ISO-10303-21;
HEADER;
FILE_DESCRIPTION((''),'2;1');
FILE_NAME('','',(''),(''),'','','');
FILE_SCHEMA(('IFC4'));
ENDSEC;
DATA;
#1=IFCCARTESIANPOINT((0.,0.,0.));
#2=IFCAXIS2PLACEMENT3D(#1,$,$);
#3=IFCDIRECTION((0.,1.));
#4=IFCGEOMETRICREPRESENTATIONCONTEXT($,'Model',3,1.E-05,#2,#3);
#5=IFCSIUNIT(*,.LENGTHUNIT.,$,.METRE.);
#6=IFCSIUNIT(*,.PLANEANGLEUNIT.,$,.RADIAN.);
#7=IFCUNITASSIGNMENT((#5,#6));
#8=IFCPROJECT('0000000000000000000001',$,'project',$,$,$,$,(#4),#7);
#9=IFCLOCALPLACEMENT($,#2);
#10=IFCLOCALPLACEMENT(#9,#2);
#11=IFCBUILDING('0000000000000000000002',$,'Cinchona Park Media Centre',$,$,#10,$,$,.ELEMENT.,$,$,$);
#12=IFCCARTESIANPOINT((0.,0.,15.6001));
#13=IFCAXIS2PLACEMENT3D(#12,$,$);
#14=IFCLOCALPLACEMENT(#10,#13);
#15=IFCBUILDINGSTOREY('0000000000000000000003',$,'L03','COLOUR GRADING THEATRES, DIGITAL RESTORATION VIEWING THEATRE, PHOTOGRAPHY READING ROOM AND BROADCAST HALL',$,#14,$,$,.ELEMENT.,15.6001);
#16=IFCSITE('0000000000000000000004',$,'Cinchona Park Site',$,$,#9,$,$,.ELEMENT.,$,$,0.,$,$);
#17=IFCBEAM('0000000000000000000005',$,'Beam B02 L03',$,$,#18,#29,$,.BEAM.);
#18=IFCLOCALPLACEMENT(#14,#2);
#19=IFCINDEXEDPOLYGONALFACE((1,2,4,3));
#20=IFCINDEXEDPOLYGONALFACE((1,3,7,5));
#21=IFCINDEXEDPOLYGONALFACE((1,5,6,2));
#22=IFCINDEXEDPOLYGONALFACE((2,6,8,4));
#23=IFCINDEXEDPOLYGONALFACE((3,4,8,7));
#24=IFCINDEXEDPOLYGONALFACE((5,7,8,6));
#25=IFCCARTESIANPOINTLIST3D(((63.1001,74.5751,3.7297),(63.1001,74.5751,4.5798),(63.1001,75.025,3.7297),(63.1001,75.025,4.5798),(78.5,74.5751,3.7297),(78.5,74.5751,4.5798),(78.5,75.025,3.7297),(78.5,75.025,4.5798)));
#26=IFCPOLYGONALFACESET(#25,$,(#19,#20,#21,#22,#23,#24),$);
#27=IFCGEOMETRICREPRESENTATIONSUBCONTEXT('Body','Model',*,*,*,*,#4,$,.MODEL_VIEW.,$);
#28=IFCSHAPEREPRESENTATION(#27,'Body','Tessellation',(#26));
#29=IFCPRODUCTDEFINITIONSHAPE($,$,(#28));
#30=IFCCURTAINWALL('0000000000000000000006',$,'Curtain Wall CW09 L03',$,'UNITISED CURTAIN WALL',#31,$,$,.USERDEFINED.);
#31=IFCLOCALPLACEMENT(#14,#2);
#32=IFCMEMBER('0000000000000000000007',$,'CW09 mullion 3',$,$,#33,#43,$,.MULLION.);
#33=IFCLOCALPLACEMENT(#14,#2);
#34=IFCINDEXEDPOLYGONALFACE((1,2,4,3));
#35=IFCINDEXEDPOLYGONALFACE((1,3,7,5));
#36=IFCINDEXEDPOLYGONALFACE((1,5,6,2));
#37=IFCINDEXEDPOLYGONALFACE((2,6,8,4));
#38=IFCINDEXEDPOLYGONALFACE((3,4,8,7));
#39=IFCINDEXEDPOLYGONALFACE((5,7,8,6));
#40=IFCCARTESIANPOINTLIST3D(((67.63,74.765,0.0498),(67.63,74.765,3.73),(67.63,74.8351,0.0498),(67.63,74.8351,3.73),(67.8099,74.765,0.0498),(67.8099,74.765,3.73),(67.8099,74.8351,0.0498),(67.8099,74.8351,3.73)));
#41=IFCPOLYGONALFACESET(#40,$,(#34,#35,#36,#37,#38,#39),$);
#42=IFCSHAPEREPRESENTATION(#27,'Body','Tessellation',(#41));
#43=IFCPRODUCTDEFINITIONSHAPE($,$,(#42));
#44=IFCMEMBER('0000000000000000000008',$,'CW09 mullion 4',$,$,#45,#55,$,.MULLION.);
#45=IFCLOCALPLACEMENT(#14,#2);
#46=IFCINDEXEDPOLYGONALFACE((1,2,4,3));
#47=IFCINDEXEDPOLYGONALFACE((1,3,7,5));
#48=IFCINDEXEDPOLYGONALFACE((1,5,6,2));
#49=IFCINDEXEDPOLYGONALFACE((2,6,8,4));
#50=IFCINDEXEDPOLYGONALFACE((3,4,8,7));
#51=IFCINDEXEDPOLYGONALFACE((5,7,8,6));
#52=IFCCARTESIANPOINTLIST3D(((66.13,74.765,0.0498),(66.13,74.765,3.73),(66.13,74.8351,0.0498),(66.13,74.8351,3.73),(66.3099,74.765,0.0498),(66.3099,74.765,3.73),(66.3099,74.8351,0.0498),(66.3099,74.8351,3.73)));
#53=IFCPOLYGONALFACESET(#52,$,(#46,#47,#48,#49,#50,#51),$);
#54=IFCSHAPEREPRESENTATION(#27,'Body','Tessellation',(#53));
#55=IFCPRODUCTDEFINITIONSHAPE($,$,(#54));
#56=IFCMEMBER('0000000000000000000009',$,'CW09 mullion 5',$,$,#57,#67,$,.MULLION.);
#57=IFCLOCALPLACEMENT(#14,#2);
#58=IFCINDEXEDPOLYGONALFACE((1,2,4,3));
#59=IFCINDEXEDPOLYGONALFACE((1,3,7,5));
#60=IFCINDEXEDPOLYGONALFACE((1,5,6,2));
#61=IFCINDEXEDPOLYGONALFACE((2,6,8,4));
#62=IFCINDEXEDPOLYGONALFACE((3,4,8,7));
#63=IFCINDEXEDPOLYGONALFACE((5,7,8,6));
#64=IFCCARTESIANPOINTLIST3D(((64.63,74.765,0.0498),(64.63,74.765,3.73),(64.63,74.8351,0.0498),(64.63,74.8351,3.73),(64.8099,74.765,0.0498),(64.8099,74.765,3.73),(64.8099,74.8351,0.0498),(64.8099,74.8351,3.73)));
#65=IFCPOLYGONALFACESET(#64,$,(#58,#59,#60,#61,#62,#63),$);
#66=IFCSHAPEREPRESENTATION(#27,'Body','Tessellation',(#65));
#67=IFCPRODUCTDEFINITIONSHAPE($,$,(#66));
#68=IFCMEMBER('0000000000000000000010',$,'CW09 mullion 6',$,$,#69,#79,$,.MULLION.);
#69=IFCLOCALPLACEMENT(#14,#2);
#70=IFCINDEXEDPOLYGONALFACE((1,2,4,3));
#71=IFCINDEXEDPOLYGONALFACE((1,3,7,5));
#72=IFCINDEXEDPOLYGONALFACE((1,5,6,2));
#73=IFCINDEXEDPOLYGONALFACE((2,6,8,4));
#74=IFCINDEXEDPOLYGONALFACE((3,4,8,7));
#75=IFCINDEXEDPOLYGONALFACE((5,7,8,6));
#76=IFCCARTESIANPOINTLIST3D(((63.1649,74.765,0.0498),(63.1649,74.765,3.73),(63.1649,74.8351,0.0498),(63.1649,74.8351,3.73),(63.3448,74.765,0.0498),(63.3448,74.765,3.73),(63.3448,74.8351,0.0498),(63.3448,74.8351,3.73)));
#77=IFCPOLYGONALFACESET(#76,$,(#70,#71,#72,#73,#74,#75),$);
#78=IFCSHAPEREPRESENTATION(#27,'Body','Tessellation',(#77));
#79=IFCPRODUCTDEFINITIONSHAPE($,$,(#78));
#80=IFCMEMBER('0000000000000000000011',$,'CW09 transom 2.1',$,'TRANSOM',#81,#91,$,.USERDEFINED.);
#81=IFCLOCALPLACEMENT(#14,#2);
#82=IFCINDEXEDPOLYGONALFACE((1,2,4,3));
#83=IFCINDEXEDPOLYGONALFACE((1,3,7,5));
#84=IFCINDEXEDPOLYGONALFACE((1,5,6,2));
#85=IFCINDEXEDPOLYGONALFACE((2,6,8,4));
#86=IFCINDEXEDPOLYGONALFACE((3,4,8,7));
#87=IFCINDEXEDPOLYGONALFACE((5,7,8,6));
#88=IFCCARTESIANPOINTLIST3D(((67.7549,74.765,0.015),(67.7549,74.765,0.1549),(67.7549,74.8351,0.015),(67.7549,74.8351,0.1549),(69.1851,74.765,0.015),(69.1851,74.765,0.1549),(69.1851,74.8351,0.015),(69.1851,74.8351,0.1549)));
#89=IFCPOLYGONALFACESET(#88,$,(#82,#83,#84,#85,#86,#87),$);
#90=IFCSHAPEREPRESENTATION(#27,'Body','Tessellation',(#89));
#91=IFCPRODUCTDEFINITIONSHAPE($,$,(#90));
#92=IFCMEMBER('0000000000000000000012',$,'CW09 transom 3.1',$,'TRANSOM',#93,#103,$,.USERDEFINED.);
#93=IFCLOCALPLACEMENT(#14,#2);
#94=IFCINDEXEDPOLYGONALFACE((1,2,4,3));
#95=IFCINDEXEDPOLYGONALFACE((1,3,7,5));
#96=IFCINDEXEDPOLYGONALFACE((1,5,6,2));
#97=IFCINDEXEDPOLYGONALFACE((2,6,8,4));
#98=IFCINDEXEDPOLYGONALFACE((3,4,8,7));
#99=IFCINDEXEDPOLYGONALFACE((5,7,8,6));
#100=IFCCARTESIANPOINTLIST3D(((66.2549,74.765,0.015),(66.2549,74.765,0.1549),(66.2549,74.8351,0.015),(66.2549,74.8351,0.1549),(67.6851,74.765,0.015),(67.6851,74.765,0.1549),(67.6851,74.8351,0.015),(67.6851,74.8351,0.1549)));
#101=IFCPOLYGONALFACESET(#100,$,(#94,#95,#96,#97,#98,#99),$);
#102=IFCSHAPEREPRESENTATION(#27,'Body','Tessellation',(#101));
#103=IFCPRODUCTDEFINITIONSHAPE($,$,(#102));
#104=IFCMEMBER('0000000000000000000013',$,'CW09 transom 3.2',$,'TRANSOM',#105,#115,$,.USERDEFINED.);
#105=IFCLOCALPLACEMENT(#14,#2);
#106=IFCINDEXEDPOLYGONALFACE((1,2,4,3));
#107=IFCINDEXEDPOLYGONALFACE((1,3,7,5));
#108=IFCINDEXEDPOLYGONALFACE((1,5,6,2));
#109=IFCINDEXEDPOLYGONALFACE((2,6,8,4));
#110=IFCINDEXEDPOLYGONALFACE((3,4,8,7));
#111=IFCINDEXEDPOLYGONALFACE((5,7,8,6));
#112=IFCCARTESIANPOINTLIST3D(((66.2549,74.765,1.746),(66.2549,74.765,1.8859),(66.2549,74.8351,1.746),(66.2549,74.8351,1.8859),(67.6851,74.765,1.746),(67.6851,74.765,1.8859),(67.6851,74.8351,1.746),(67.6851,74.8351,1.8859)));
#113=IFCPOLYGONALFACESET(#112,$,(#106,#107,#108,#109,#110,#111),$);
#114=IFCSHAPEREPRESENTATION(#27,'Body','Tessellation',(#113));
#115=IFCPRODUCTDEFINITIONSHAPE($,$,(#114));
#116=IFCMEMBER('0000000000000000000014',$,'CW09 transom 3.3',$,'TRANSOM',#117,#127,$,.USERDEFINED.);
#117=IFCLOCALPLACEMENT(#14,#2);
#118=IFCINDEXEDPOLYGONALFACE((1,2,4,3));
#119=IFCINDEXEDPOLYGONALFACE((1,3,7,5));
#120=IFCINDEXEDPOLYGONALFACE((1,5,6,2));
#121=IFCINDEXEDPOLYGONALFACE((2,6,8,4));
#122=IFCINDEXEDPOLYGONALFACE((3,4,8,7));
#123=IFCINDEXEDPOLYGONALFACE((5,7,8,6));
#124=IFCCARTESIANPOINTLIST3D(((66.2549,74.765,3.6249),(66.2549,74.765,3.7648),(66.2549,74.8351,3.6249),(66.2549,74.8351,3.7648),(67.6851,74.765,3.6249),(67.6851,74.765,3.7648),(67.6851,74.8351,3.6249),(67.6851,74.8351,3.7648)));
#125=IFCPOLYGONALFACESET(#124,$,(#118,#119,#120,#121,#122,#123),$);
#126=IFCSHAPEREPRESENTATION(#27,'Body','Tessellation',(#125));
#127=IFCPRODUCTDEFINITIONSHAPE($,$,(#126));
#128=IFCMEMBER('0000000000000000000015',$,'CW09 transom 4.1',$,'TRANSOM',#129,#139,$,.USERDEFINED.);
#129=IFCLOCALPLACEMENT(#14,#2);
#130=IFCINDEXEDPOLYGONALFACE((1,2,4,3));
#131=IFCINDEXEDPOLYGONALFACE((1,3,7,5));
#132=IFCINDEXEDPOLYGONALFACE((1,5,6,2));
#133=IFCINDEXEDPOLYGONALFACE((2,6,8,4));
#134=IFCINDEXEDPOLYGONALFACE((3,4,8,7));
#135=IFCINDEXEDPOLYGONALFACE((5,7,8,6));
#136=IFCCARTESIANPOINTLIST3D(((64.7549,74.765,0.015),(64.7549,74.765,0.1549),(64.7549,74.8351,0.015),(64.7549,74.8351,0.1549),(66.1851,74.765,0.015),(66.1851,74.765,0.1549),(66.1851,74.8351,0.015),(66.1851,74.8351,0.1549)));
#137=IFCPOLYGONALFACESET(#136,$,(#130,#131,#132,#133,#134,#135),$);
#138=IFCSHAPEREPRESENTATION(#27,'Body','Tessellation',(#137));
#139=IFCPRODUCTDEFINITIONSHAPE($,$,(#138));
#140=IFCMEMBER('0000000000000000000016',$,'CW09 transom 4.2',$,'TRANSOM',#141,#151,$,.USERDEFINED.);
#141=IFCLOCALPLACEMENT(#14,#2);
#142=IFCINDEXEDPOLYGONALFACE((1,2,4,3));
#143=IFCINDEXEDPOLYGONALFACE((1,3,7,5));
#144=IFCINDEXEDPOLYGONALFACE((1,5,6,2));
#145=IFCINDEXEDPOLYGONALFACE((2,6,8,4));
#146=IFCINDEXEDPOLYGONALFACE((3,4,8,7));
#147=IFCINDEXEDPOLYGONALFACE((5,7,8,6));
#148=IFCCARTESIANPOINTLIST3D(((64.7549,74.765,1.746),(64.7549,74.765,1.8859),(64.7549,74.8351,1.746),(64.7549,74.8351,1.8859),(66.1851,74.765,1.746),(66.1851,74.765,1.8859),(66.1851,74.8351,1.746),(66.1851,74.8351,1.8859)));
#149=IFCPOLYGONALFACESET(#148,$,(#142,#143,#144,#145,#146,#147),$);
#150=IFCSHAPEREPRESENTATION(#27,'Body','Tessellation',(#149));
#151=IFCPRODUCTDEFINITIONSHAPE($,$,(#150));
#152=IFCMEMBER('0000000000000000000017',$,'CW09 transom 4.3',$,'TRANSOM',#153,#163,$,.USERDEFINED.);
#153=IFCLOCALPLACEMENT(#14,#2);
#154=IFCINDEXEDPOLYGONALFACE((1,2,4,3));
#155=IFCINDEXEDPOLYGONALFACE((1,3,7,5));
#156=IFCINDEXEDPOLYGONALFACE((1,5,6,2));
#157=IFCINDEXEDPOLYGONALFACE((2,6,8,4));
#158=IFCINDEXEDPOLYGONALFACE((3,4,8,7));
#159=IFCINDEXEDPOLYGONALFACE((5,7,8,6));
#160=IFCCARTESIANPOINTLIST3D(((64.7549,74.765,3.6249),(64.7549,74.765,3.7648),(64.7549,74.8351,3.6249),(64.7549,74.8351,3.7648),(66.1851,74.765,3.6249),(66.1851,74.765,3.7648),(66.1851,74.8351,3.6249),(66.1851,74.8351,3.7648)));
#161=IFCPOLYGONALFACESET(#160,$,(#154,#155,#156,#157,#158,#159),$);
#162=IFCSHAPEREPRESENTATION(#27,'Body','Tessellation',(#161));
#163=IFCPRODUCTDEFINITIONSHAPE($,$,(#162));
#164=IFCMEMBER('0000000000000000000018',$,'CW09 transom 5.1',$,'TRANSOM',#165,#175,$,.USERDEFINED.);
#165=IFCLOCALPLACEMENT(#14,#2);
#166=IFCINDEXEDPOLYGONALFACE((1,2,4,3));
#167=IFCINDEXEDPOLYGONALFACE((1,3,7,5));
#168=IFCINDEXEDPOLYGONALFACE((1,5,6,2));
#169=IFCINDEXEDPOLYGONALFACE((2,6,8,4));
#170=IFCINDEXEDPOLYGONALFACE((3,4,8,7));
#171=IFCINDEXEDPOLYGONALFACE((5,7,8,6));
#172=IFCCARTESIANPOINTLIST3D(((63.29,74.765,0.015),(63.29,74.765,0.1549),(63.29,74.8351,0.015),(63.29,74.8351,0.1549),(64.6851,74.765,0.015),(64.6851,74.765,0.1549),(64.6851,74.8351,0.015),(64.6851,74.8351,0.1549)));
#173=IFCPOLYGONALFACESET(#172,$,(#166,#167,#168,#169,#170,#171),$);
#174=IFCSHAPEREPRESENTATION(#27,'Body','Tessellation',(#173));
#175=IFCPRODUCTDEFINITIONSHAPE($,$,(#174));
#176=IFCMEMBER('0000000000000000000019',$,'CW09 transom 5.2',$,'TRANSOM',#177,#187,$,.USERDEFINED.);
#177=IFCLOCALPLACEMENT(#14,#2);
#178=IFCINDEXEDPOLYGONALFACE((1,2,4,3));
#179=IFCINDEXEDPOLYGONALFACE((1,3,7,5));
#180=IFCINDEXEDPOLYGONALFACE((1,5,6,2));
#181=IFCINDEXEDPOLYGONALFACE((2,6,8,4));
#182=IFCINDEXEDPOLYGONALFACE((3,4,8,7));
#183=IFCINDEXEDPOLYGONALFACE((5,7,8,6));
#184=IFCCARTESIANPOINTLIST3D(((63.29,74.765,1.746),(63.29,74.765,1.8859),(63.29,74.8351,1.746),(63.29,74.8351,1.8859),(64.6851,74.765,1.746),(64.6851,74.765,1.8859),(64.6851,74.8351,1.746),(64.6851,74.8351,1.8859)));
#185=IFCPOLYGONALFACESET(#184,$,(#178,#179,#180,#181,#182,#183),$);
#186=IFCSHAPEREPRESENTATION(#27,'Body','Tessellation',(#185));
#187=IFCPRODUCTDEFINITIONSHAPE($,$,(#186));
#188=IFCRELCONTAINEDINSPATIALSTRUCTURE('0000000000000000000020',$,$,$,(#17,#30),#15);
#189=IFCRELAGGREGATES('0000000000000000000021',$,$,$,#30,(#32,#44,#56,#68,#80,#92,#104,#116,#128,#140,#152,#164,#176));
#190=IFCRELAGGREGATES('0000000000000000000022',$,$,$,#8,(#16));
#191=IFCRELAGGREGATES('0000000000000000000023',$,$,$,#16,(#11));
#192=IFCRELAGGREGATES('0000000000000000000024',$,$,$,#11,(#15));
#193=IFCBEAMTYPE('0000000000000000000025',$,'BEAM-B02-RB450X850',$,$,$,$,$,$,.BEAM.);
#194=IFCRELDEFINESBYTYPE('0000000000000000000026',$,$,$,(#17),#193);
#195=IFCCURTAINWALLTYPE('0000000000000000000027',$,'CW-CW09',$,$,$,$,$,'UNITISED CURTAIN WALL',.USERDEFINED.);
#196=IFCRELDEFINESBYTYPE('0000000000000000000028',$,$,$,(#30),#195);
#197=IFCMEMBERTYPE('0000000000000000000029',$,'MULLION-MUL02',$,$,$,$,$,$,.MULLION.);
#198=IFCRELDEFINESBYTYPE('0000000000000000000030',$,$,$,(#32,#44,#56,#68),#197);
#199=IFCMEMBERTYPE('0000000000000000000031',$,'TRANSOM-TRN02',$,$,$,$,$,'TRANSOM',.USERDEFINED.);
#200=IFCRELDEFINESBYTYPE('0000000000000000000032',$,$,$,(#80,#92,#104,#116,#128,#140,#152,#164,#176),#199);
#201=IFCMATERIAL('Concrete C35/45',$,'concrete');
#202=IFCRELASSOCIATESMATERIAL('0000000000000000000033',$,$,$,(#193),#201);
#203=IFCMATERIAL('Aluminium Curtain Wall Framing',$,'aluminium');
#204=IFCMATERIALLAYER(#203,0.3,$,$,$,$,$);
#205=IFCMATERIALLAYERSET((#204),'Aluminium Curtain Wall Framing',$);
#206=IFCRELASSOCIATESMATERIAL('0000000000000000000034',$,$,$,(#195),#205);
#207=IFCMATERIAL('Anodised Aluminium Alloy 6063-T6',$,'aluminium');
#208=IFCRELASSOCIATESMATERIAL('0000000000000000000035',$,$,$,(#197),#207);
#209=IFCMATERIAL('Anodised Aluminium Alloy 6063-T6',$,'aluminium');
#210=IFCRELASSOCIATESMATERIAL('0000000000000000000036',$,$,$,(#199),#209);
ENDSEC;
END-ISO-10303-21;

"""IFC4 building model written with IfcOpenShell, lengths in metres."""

from ifc_helpers import new_model, si_unit, direction, frame, origin, origin_2d, place, context, subcontext, project, spatial, rectangle, extrude, material, layer, layer_set, material_profile, profile_set, type_object, element, aggregate, save


model = new_model("IFC4")

# Units and contexts
model_context = context("Model", 3, precision=1e-05, world=origin(), true_north=direction((0.0, 1.0)))
body_context = subcontext(model_context, "Body", "Model", "MODEL_VIEW")
ifc_project = project(units=[si_unit("LENGTHUNIT", "METRE"), si_unit("PLANEANGLEUNIT", "RADIAN")], contexts=[model_context])

# Site, building, storey
site_placement = place(None, origin())
site = spatial("IfcSite", under=ifc_project, at=site_placement, Name="Cinchona Park Site", CompositionType="ELEMENT", RefElevation=0.0)
building_placement = place(site_placement, origin())
building = spatial("IfcBuilding", under=site, at=building_placement, Name="Cinchona Park Media Centre", CompositionType="ELEMENT")
storey_placement = place(building_placement, frame((0.0, 0.0, 15.6001)))
storey = spatial("IfcBuildingStorey", under=building, at=storey_placement, Name="L03", Description="COLOUR GRADING THEATRES, DIGITAL RESTORATION VIEWING THEATRE, PHOTOGRAPHY READING ROOM AND BROADCAST HALL", CompositionType="ELEMENT", Elevation=15.6001)

# Beam
ifc_material_1 = material(Name="Concrete C35/45", Category="concrete")
ifc_material_profile_1 = material_profile(ifc_material_1, rectangle(XDim=0.45, YDim=0.8501, at=origin_2d()), Name="RB 450X850")
ifc_profile_set_1 = profile_set([ifc_material_profile_1], Name="Concrete C35/45")
beam_type = type_object("IfcBeamType", Name="BEAM-B02-RB450X850", PredefinedType="BEAM", material=ifc_profile_set_1)
beam_placement = place(storey_placement, frame((63.1001, 74.8, 4.1548), z_axis=(1.0, 0.0, 0.0), x_axis=(0.0, 1.0, 0.0)))
element("IfcBeam", 1, at=beam_placement, inside=storey, type_object=beam_type, Name="Beam B02 L03", PredefinedType="BEAM", context=body_context, shape_type="SweptSolid", body=[
    extrude(rectangle(XDim=0.45, YDim=0.8501, at=origin_2d()), origin(), (0.0, 0.0, 1.0), 15.3999),
])

# Curtain wall, members
ifc_material_2 = material(Name="Aluminium Curtain Wall Framing", Category="aluminium")
ifc_layer_1 = layer(ifc_material_2, 0.3)
ifc_layer_set_1 = layer_set([ifc_layer_1], Name="Aluminium Curtain Wall Framing")
curtain_wall_type = type_object("IfcCurtainWallType", Name="CW-CW09", ElementType="UNITISED CURTAIN WALL", PredefinedType="USERDEFINED", material=ifc_layer_set_1)
curtain_wall_placement = place(storey_placement, origin())
curtain_wall = element("IfcCurtainWall", 2, at=curtain_wall_placement, inside=storey, type_object=curtain_wall_type, Name="Curtain Wall CW09 L03", ObjectType="UNITISED CURTAIN WALL", PredefinedType="USERDEFINED")
ifc_material_3 = material(Name="Anodised Aluminium Alloy 6063-T6", Category="aluminium")
ifc_material_profile_2 = material_profile(ifc_material_3, rectangle(XDim=0.0701, YDim=0.1799, at=origin_2d()), Name="MUL-70X180")
ifc_profile_set_2 = profile_set([ifc_material_profile_2], Name="Anodised Aluminium Alloy 6063-T6")
member_type_1 = type_object("IfcMemberType", Name="MULLION-MUL02", PredefinedType="MULLION", material=ifc_profile_set_2)
member_1_placement = place(storey_placement, frame((67.72, 74.8, 0.0498), z_axis=(0.0, 0.0, 1.0), x_axis=(0.0, -1.0, 0.0)))
member_1 = element("IfcMember", 3, at=member_1_placement, type_object=member_type_1, Name="CW09 mullion 3", PredefinedType="MULLION", context=body_context, shape_type="SweptSolid", body=[
    extrude(rectangle(XDim=0.0701, YDim=0.1799, at=origin_2d()), origin(), (0.0, 0.0, 1.0), 3.6802),
])
member_2_placement = place(storey_placement, frame((66.22, 74.8, 0.0498), z_axis=(0.0, 0.0, 1.0), x_axis=(0.0, -1.0, 0.0)))
member_2 = element("IfcMember", 4, at=member_2_placement, type_object=member_type_1, Name="CW09 mullion 4", PredefinedType="MULLION", context=body_context, shape_type="SweptSolid", body=[
    extrude(rectangle(XDim=0.0701, YDim=0.1799, at=origin_2d()), origin(), (0.0, 0.0, 1.0), 3.6802),
])
member_3_placement = place(storey_placement, frame((64.72, 74.8, 0.0498), z_axis=(0.0, 0.0, 1.0), x_axis=(0.0, -1.0, 0.0)))
member_3 = element("IfcMember", 5, at=member_3_placement, type_object=member_type_1, Name="CW09 mullion 5", PredefinedType="MULLION", context=body_context, shape_type="SweptSolid", body=[
    extrude(rectangle(XDim=0.0701, YDim=0.1799, at=origin_2d()), origin(), (0.0, 0.0, 1.0), 3.6802),
])
member_4_placement = place(storey_placement, frame((63.2549, 74.8, 0.0498), z_axis=(0.0, 0.0, 1.0), x_axis=(0.0, -1.0, 0.0)))
member_4 = element("IfcMember", 6, at=member_4_placement, type_object=member_type_1, Name="CW09 mullion 6", PredefinedType="MULLION", context=body_context, shape_type="SweptSolid", body=[
    extrude(rectangle(XDim=0.0701, YDim=0.1799, at=origin_2d()), origin(), (0.0, 0.0, 1.0), 3.6802),
])
ifc_material_4 = material(Name="Anodised Aluminium Alloy 6063-T6", Category="aluminium")
ifc_material_profile_3 = material_profile(ifc_material_4, rectangle(XDim=0.0701, YDim=0.1399, at=origin_2d()), Name="TRN-70X140")
ifc_profile_set_3 = profile_set([ifc_material_profile_3], Name="Anodised Aluminium Alloy 6063-T6")
member_type_2 = type_object("IfcMemberType", Name="TRANSOM-TRN02", ElementType="TRANSOM", PredefinedType="USERDEFINED", material=ifc_profile_set_3)
member_5_placement = place(storey_placement, frame((69.1851, 74.8, 0.085), z_axis=(-1.0, 0.0, 0.0), x_axis=(0.0, -1.0, 0.0)))
member_5 = element("IfcMember", 7, at=member_5_placement, type_object=member_type_2, Name="CW09 transom 2.1", ObjectType="TRANSOM", PredefinedType="USERDEFINED", context=body_context, shape_type="SweptSolid", body=[
    extrude(rectangle(XDim=0.0701, YDim=0.1399, at=origin_2d()), origin(), (0.0, 0.0, 1.0), 1.4302),
])
member_6_placement = place(storey_placement, frame((67.6851, 74.8, 0.085), z_axis=(-1.0, 0.0, 0.0), x_axis=(0.0, -1.0, 0.0)))
member_6 = element("IfcMember", 8, at=member_6_placement, type_object=member_type_2, Name="CW09 transom 3.1", ObjectType="TRANSOM", PredefinedType="USERDEFINED", context=body_context, shape_type="SweptSolid", body=[
    extrude(rectangle(XDim=0.0701, YDim=0.1399, at=origin_2d()), origin(), (0.0, 0.0, 1.0), 1.4302),
])
member_7_placement = place(storey_placement, frame((67.6851, 74.8, 1.8159), z_axis=(-1.0, 0.0, 0.0), x_axis=(0.0, -1.0, 0.0)))
member_7 = element("IfcMember", 9, at=member_7_placement, type_object=member_type_2, Name="CW09 transom 3.2", ObjectType="TRANSOM", PredefinedType="USERDEFINED", context=body_context, shape_type="SweptSolid", body=[
    extrude(rectangle(XDim=0.0701, YDim=0.1399, at=origin_2d()), origin(), (0.0, 0.0, 1.0), 1.4302),
])
member_8_placement = place(storey_placement, frame((67.6851, 74.8, 3.6948), z_axis=(-1.0, 0.0, 0.0), x_axis=(0.0, -1.0, 0.0)))
member_8 = element("IfcMember", 10, at=member_8_placement, type_object=member_type_2, Name="CW09 transom 3.3", ObjectType="TRANSOM", PredefinedType="USERDEFINED", context=body_context, shape_type="SweptSolid", body=[
    extrude(rectangle(XDim=0.0701, YDim=0.1399, at=origin_2d()), origin(), (0.0, 0.0, 1.0), 1.4302),
])
member_9_placement = place(storey_placement, frame((66.1851, 74.8, 0.085), z_axis=(-1.0, 0.0, 0.0), x_axis=(0.0, -1.0, 0.0)))
member_9 = element("IfcMember", 11, at=member_9_placement, type_object=member_type_2, Name="CW09 transom 4.1", ObjectType="TRANSOM", PredefinedType="USERDEFINED", context=body_context, shape_type="SweptSolid", body=[
    extrude(rectangle(XDim=0.0701, YDim=0.1399, at=origin_2d()), origin(), (0.0, 0.0, 1.0), 1.4302),
])
member_10_placement = place(storey_placement, frame((66.1851, 74.8, 1.8159), z_axis=(-1.0, 0.0, 0.0), x_axis=(0.0, -1.0, 0.0)))
member_10 = element("IfcMember", 12, at=member_10_placement, type_object=member_type_2, Name="CW09 transom 4.2", ObjectType="TRANSOM", PredefinedType="USERDEFINED", context=body_context, shape_type="SweptSolid", body=[
    extrude(rectangle(XDim=0.0701, YDim=0.1399, at=origin_2d()), origin(), (0.0, 0.0, 1.0), 1.4302),
])
member_11_placement = place(storey_placement, frame((66.1851, 74.8, 3.6948), z_axis=(-1.0, 0.0, 0.0), x_axis=(0.0, -1.0, 0.0)))
member_11 = element("IfcMember", 13, at=member_11_placement, type_object=member_type_2, Name="CW09 transom 4.3", ObjectType="TRANSOM", PredefinedType="USERDEFINED", context=body_context, shape_type="SweptSolid", body=[
    extrude(rectangle(XDim=0.0701, YDim=0.1399, at=origin_2d()), origin(), (0.0, 0.0, 1.0), 1.4302),
])
member_12_placement = place(storey_placement, frame((64.6851, 74.8, 0.085), z_axis=(-1.0, 0.0, 0.0), x_axis=(0.0, -1.0, 0.0)))
member_12 = element("IfcMember", 14, at=member_12_placement, type_object=member_type_2, Name="CW09 transom 5.1", ObjectType="TRANSOM", PredefinedType="USERDEFINED", context=body_context, shape_type="SweptSolid", body=[
    extrude(rectangle(XDim=0.0701, YDim=0.1399, at=origin_2d()), origin(), (0.0, 0.0, 1.0), 1.395),
])
member_13_placement = place(storey_placement, frame((64.6851, 74.8, 1.8159), z_axis=(-1.0, 0.0, 0.0), x_axis=(0.0, -1.0, 0.0)))
member_13 = element("IfcMember", 15, at=member_13_placement, type_object=member_type_2, Name="CW09 transom 5.2", ObjectType="TRANSOM", PredefinedType="USERDEFINED", context=body_context, shape_type="SweptSolid", body=[
    extrude(rectangle(XDim=0.0701, YDim=0.1399, at=origin_2d()), origin(), (0.0, 0.0, 1.0), 1.395),
])
aggregate(curtain_wall, [member_1, member_2, member_3, member_4, member_5, member_6, member_7, member_8, member_9, member_10, member_11, member_12, member_13])

save(model, "model.ifc")
